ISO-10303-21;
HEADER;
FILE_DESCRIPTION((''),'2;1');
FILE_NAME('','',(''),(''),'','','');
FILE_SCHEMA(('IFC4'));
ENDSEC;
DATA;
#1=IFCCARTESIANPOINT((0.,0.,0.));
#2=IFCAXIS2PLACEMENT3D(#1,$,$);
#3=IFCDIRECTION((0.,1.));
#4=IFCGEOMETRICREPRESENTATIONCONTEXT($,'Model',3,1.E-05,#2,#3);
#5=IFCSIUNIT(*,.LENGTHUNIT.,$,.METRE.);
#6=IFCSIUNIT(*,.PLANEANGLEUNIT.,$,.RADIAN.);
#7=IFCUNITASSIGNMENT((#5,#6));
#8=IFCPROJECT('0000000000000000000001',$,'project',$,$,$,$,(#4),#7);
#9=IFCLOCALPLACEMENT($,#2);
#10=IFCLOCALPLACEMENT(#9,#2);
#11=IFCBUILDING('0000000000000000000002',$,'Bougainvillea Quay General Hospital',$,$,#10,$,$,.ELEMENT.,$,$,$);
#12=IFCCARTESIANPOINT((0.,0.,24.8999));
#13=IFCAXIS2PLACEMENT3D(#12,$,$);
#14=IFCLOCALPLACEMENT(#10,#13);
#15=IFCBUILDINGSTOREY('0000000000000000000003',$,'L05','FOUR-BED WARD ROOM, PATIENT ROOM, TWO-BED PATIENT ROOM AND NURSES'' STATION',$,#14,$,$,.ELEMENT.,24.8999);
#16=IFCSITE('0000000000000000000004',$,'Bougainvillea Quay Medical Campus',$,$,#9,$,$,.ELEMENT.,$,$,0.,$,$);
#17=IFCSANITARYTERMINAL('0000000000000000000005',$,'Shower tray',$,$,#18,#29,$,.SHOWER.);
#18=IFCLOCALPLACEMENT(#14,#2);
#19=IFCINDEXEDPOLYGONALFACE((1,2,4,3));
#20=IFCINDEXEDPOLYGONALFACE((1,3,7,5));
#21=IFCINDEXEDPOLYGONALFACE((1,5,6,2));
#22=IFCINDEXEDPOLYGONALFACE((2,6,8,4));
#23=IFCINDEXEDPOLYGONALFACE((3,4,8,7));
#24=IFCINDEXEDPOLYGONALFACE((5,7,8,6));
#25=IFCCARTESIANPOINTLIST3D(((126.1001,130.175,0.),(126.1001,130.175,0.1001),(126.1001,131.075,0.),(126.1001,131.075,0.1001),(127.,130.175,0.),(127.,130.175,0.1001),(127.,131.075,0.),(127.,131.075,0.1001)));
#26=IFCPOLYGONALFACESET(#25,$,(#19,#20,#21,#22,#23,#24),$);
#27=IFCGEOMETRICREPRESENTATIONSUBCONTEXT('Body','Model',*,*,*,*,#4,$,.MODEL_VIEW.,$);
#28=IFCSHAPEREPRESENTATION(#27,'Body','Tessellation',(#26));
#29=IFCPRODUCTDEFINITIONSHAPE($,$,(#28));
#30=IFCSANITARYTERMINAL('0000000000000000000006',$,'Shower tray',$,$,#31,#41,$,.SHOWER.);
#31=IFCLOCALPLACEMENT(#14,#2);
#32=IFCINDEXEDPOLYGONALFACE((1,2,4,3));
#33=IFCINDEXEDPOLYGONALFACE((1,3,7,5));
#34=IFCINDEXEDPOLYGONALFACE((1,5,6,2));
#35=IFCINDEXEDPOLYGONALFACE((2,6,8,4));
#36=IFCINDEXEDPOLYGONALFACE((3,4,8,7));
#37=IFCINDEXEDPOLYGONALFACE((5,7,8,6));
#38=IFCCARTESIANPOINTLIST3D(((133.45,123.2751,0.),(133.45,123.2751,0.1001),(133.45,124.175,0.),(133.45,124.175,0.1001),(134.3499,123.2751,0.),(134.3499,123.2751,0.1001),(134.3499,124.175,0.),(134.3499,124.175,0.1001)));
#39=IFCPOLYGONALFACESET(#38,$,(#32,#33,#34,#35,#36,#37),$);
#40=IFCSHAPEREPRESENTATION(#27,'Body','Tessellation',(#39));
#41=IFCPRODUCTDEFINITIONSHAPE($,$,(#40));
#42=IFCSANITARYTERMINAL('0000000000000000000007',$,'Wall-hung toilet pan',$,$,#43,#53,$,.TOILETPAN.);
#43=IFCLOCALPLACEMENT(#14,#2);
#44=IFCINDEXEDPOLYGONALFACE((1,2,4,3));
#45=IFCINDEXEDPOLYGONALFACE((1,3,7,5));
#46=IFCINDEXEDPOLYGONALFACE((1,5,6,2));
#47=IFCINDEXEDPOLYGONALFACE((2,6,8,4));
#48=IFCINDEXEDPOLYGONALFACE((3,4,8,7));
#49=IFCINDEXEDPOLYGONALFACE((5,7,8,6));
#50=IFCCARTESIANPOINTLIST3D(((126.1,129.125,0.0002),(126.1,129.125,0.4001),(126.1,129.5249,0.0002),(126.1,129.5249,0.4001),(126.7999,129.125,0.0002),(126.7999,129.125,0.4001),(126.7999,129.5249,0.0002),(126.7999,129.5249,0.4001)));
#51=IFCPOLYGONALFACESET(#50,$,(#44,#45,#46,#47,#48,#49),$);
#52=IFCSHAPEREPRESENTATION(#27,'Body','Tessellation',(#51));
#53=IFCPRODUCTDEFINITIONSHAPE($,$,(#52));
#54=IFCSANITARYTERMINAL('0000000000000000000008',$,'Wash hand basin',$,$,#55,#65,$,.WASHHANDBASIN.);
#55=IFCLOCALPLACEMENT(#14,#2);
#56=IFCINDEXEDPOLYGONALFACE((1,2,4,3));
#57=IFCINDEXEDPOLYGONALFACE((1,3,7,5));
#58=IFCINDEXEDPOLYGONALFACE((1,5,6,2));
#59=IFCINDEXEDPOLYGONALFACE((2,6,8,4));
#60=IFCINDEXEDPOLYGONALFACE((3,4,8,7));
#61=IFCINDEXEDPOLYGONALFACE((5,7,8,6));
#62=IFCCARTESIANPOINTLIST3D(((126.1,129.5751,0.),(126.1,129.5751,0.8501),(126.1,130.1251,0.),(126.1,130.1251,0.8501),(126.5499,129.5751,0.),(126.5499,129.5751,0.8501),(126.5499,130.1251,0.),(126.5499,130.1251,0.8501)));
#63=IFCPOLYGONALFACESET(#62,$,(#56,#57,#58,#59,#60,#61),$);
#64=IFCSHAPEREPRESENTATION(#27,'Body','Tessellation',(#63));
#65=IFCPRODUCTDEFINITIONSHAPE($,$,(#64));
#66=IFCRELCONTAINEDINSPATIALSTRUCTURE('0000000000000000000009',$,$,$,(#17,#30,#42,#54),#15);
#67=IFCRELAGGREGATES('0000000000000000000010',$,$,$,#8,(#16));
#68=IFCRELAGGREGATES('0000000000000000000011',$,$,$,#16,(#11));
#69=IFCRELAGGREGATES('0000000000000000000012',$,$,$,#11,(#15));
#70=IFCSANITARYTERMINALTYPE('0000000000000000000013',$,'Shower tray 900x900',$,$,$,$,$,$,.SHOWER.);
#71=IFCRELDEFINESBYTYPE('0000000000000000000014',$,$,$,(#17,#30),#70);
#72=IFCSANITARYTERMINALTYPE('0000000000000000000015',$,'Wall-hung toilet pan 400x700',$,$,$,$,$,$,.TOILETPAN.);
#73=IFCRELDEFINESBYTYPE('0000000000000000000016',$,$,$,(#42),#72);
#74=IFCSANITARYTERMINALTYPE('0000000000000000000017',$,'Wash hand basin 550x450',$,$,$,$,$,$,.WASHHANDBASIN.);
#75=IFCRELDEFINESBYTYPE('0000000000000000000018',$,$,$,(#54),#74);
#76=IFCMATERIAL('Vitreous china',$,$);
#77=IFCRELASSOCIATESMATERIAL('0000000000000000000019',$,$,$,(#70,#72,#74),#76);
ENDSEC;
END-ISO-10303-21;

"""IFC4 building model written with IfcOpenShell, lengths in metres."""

from ifc_helpers import new_model, si_unit, direction, frame, origin, origin_2d, place, context, subcontext, project, spatial, rectangle, extrude, material, type_object, element, save


model = new_model("IFC4")

# Units and contexts
model_context = context("Model", 3, precision=1e-05, world=origin(), true_north=direction((0.0, 1.0)))
body_context = subcontext(model_context, "Body", "Model", "MODEL_VIEW")
ifc_project = project(units=[si_unit("LENGTHUNIT", "METRE"), si_unit("PLANEANGLEUNIT", "RADIAN")], contexts=[model_context])

# Site, building, storey
site_placement = place(None, origin())
site = spatial("IfcSite", under=ifc_project, at=site_placement, Name="Bougainvillea Quay Medical Campus", CompositionType="ELEMENT", RefElevation=0.0)
building_placement = place(site_placement, origin())
building = spatial("IfcBuilding", under=site, at=building_placement, Name="Bougainvillea Quay General Hospital", CompositionType="ELEMENT")
storey_placement = place(building_placement, frame((0.0, 0.0, 24.8999)))
storey = spatial("IfcBuildingStorey", under=building, at=storey_placement, Name="L05", Description="FOUR-BED WARD ROOM, PATIENT ROOM, TWO-BED PATIENT ROOM AND NURSES' STATION", CompositionType="ELEMENT", Elevation=24.8999)

# Sanitary terminals
ifc_material_1 = material(Name="Vitreous china")
sanitary_terminal_type_1 = type_object("IfcSanitaryTerminalType", Name="Shower tray 900x900", PredefinedType="SHOWER", material=ifc_material_1)
for number, where, z_axis, x_axis, name in (
    (1, (126.55, 130.625, 0.0), (0.0, 0.0, 1.0), (0.0, 1.0, 0.0), "Shower tray"),
    (2, (133.8999, 123.7251, 0.0), (0.0, 0.0, 1.0), (0.0, -1.0, 0.0), "Shower tray"),
):
    element("IfcSanitaryTerminal", number, at=place(storey_placement, frame(where, z_axis=z_axis, x_axis=x_axis)), inside=storey, type_object=sanitary_terminal_type_1, Name=name, PredefinedType="SHOWER", context=body_context, shape_type="SweptSolid", body=[
        extrude(rectangle(XDim=0.8999, YDim=0.8999, at=origin_2d()), origin(), (0.0, 0.0, 1.0), 0.1001),
    ])
sanitary_terminal_type_2 = type_object("IfcSanitaryTerminalType", Name="Wall-hung toilet pan 400x700", PredefinedType="TOILETPAN", material=ifc_material_1)
sanitary_terminal_1_placement = place(storey_placement, frame((126.45, 129.325, 0.0002), z_axis=(0.0, 0.0, 1.0), x_axis=(0.0, 1.0, 0.0)))
element("IfcSanitaryTerminal", 3, at=sanitary_terminal_1_placement, inside=storey, type_object=sanitary_terminal_type_2, Name="Wall-hung toilet pan", PredefinedType="TOILETPAN", context=body_context, shape_type="SweptSolid", body=[
    extrude(rectangle(XDim=0.3999, YDim=0.7, at=origin_2d()), origin(), (0.0, 0.0, 1.0), 0.3999),
])
sanitary_terminal_type_3 = type_object("IfcSanitaryTerminalType", Name="Wash hand basin 550x450", PredefinedType="WASHHANDBASIN", material=ifc_material_1)
sanitary_terminal_2_placement = place(storey_placement, frame((126.325, 129.8501, 0.0), z_axis=(0.0, 0.0, 1.0), x_axis=(0.0, 1.0, 0.0)))
element("IfcSanitaryTerminal", 4, at=sanitary_terminal_2_placement, inside=storey, type_object=sanitary_terminal_type_3, Name="Wash hand basin", PredefinedType="WASHHANDBASIN", context=body_context, shape_type="SweptSolid", body=[
    extrude(rectangle(XDim=0.55, YDim=0.45, at=origin_2d()), origin(), (0.0, 0.0, 1.0), 0.8501),
])

save(model, "model.ifc")
